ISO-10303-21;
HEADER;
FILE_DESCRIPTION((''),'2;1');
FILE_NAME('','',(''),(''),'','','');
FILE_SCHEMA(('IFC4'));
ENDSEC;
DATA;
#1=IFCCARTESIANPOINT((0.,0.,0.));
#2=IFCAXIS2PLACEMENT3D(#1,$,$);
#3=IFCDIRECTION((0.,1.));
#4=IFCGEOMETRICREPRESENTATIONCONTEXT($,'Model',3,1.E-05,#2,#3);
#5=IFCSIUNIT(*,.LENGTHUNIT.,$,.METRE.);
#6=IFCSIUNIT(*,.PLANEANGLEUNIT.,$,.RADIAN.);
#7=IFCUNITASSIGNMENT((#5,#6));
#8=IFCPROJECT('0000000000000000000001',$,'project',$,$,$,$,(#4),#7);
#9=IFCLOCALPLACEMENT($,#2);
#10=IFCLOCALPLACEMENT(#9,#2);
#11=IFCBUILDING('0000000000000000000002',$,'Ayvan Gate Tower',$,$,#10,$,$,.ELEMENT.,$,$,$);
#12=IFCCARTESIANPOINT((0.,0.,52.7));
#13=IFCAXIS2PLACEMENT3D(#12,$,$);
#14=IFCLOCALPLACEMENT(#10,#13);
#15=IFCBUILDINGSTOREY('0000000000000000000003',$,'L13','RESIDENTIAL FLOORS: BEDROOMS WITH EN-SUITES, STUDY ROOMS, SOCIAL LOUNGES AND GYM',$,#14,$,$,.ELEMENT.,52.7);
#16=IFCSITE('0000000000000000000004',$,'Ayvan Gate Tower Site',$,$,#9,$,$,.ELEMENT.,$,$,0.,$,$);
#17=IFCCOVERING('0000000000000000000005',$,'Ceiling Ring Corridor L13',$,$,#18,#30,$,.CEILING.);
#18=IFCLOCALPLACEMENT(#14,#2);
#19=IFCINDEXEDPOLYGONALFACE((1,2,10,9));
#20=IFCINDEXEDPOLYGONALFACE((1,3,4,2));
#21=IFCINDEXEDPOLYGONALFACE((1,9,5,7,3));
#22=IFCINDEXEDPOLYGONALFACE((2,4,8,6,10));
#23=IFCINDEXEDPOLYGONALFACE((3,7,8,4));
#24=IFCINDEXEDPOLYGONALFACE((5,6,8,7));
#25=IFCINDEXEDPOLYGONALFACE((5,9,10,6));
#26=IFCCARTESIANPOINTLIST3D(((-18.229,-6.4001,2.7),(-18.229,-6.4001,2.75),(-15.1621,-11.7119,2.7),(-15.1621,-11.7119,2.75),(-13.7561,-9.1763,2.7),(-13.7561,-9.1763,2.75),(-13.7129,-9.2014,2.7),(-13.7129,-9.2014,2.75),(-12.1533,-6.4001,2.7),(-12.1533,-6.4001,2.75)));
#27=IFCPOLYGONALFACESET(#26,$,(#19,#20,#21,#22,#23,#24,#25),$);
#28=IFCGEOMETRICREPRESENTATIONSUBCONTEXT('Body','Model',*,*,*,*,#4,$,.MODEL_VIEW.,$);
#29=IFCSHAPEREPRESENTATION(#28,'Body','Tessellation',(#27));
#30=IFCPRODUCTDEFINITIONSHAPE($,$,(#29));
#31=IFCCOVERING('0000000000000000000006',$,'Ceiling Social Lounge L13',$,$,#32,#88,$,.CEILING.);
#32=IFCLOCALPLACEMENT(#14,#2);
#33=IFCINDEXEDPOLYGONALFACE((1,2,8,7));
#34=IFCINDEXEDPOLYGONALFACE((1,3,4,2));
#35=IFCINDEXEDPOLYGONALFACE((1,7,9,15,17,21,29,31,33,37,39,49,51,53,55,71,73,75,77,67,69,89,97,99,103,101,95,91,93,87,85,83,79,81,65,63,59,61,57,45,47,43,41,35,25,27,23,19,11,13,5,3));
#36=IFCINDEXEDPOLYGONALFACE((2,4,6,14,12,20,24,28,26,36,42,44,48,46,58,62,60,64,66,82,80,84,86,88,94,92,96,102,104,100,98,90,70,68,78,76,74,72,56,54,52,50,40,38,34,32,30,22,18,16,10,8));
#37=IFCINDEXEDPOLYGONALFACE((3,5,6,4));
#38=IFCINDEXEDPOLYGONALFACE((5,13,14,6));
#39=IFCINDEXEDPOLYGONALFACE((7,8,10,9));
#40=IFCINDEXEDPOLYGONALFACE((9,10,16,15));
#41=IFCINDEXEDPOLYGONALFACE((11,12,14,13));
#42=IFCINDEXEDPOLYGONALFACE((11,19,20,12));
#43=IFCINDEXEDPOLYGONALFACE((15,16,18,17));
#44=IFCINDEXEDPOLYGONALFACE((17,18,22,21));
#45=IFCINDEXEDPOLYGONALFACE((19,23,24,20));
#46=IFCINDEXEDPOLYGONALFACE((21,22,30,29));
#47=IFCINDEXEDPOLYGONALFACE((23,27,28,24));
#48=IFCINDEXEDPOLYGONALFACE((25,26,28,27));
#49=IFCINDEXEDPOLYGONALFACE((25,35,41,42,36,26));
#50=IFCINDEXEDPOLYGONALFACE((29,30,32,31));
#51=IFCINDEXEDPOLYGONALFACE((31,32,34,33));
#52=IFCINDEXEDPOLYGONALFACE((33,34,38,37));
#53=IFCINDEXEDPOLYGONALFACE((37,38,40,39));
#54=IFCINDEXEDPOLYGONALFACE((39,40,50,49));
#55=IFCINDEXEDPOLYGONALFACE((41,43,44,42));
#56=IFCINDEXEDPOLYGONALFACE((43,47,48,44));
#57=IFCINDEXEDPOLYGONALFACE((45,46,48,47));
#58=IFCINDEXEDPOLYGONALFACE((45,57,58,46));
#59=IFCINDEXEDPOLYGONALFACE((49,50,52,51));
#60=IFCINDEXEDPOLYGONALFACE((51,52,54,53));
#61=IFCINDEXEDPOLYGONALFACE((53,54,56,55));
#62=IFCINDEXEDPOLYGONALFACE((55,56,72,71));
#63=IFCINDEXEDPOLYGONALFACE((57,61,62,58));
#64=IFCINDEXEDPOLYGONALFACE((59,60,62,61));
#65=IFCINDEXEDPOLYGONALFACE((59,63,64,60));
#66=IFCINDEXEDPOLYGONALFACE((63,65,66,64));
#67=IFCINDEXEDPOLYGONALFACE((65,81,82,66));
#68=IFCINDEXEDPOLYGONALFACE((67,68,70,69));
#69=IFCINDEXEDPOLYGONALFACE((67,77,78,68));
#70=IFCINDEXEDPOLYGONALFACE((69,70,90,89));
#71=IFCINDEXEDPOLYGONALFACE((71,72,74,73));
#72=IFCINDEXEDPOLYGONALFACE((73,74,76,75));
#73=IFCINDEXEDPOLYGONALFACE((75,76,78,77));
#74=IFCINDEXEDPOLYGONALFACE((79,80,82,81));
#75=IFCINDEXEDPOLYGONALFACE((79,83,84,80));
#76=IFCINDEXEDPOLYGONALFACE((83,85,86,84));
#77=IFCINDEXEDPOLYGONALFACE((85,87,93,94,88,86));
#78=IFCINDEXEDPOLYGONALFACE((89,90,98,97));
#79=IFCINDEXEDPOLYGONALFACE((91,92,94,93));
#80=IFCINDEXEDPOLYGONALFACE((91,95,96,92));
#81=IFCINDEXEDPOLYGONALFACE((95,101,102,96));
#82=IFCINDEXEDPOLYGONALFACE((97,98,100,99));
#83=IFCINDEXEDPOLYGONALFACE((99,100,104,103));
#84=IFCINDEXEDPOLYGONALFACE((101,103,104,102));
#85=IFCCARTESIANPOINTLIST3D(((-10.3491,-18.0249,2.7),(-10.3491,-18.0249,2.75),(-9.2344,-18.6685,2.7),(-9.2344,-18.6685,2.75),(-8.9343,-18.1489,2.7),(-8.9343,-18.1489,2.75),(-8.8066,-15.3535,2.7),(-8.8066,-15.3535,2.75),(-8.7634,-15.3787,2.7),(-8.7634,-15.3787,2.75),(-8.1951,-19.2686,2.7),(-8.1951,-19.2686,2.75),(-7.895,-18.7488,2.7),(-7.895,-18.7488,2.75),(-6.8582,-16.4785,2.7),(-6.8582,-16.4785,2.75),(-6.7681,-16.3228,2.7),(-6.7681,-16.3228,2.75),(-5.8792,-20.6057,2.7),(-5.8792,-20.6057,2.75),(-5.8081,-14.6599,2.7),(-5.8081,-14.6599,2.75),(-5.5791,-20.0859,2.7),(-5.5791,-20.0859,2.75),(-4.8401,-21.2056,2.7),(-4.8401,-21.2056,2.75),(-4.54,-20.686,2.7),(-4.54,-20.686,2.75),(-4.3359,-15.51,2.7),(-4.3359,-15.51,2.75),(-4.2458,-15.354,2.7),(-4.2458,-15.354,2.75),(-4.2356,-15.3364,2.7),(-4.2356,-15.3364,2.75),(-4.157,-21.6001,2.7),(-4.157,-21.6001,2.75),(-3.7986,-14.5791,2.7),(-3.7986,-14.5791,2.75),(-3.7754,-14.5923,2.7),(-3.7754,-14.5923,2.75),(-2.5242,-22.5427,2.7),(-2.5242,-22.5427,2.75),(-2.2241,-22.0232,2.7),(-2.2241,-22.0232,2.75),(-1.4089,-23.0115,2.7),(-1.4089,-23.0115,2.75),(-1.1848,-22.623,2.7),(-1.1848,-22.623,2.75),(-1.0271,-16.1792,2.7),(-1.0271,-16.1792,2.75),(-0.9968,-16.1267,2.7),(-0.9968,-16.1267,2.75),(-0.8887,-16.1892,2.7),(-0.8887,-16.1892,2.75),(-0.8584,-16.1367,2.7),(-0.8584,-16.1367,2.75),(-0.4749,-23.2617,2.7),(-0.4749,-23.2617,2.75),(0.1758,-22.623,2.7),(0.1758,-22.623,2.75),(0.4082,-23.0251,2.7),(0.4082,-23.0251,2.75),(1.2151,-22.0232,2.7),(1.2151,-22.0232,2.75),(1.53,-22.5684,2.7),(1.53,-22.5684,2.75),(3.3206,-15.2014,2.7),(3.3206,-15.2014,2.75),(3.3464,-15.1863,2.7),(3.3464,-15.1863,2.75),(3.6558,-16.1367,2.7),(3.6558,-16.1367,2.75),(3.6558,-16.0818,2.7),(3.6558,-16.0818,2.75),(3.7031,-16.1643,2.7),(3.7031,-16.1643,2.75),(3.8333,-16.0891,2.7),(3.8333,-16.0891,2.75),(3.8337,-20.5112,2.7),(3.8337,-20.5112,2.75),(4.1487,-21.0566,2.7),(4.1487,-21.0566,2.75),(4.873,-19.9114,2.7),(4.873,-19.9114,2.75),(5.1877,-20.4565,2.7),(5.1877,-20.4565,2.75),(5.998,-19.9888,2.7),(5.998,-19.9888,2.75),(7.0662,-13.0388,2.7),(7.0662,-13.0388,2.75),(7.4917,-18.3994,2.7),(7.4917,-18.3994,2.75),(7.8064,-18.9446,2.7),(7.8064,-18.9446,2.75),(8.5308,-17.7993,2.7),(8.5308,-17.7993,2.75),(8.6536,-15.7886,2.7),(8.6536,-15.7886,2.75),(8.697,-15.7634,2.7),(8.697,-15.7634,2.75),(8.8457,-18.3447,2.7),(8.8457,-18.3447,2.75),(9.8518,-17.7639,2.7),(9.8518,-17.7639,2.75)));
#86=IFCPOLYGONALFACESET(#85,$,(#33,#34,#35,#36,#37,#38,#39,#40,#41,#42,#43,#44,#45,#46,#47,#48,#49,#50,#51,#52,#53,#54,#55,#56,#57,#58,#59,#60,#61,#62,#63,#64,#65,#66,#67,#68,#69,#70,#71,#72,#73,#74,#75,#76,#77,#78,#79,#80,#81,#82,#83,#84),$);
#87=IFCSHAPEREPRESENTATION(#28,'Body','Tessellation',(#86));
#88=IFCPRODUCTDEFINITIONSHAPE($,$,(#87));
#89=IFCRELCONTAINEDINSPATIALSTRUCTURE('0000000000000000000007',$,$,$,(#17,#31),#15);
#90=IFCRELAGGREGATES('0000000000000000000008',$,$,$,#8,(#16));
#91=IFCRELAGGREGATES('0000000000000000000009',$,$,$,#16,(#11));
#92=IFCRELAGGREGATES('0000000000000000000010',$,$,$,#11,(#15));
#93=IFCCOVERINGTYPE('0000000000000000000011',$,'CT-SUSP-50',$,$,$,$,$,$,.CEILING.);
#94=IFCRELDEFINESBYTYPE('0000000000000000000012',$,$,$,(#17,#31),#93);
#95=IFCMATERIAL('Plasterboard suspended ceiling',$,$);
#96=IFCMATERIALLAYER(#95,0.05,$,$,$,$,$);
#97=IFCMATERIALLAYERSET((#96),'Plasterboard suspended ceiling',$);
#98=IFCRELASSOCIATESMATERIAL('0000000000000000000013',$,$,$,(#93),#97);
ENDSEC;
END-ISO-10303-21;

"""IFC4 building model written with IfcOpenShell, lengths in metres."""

from ifc_helpers import new_model, si_unit, direction, frame, origin, place, context, subcontext, project, spatial, polyline, outline, extrude, material, layer, layer_set, type_object, element, save


model = new_model("IFC4")

# Units and contexts
model_context = context("Model", 3, precision=1e-05, world=origin(), true_north=direction((0.0, 1.0)))
body_context = subcontext(model_context, "Body", "Model", "MODEL_VIEW")
ifc_project = project(units=[si_unit("LENGTHUNIT", "METRE"), si_unit("PLANEANGLEUNIT", "RADIAN")], contexts=[model_context])

# Site, building, storey
site_placement = place(None, origin())
site = spatial("IfcSite", under=ifc_project, at=site_placement, Name="Ayvan Gate Tower Site", CompositionType="ELEMENT", RefElevation=0.0)
building_placement = place(site_placement, origin())
building = spatial("IfcBuilding", under=site, at=building_placement, Name="Ayvan Gate Tower", CompositionType="ELEMENT")
storey_placement = place(building_placement, frame((0.0, 0.0, 52.7)))
storey = spatial("IfcBuildingStorey", under=building, at=storey_placement, Name="L13", Description="RESIDENTIAL FLOORS: BEDROOMS WITH EN-SUITES, STUDY ROOMS, SOCIAL LOUNGES AND GYM", CompositionType="ELEMENT", Elevation=52.7)

# Coverings
ifc_material_1 = material(Name="Plasterboard suspended ceiling")
ifc_layer_1 = layer(ifc_material_1, 0.05)
ifc_layer_set_1 = layer_set([ifc_layer_1], Name="Plasterboard suspended ceiling")
covering_type = type_object("IfcCoveringType", Name="CT-SUSP-50", PredefinedType="CEILING", material=ifc_layer_set_1)
covering_1_placement = place(storey_placement, frame((0.0, 0.0, 2.7)))
element("IfcCovering", 1, at=covering_1_placement, inside=storey, type_object=covering_type, Name="Ceiling Ring Corridor L13", PredefinedType="CEILING", context=body_context, shape_type="SweptSolid", body=[
    extrude(outline(polyline([(-13.7129, -9.2014), (-15.1621, -11.7119), (-18.229, -6.4001), (-12.1533, -6.4001), (-13.7561, -9.1763), (-13.7129, -9.2014)])), origin(), (0.0, 0.0, 1.0), 0.05),
])
covering_2_placement = place(storey_placement, frame((0.0, 0.0, 2.7)))
element("IfcCovering", 2, at=covering_2_placement, inside=storey, type_object=covering_type, Name="Ceiling Social Lounge L13", PredefinedType="CEILING", context=body_context, shape_type="SweptSolid", body=[
    extrude(outline(polyline([(-6.8582, -16.4785), (-6.7681, -16.3228), (-5.8081, -14.6599), (-4.3359, -15.51), (-4.2458, -15.354), (-4.2356, -15.3364), (-3.7986, -14.5791), (-3.7754, -14.5923), (-1.0271, -16.1792), (-0.9968, -16.1267), (-0.8887, -16.1892), (-0.8584, -16.1367), (3.6558, -16.1367), (3.6558, -16.0818), (3.7031, -16.1643), (3.8333, -16.0891), (3.3206, -15.2014), (3.3464, -15.1863), (7.0662, -13.0388), (8.6536, -15.7886), (8.697, -15.7634), (9.8518, -17.7639), (8.8457, -18.3447), (8.5308, -17.7993), (7.4917, -18.3994), (7.8064, -18.9446), (5.998, -19.9888), (5.1877, -20.4565), (4.873, -19.9114), (3.8337, -20.5112), (4.1487, -21.0566), (1.53, -22.5684), (1.2151, -22.0232), (0.1758, -22.623), (0.4082, -23.0251), (-0.4749, -23.2617), (-1.4089, -23.0115), (-1.1848, -22.623), (-2.2241, -22.0232), (-2.5242, -22.5427), (-4.157, -21.6001), (-4.8401, -21.2056), (-4.54, -20.686), (-5.5791, -20.0859), (-5.8792, -20.6057), (-8.1951, -19.2686), (-7.895, -18.7488), (-8.9343, -18.1489), (-9.2344, -18.6685), (-10.3491, -18.0249), (-8.8066, -15.3535), (-8.7634, -15.3787), (-6.8582, -16.4785)])), origin(), (0.0, 0.0, 1.0), 0.05),
])

save(model, "model.ifc")
